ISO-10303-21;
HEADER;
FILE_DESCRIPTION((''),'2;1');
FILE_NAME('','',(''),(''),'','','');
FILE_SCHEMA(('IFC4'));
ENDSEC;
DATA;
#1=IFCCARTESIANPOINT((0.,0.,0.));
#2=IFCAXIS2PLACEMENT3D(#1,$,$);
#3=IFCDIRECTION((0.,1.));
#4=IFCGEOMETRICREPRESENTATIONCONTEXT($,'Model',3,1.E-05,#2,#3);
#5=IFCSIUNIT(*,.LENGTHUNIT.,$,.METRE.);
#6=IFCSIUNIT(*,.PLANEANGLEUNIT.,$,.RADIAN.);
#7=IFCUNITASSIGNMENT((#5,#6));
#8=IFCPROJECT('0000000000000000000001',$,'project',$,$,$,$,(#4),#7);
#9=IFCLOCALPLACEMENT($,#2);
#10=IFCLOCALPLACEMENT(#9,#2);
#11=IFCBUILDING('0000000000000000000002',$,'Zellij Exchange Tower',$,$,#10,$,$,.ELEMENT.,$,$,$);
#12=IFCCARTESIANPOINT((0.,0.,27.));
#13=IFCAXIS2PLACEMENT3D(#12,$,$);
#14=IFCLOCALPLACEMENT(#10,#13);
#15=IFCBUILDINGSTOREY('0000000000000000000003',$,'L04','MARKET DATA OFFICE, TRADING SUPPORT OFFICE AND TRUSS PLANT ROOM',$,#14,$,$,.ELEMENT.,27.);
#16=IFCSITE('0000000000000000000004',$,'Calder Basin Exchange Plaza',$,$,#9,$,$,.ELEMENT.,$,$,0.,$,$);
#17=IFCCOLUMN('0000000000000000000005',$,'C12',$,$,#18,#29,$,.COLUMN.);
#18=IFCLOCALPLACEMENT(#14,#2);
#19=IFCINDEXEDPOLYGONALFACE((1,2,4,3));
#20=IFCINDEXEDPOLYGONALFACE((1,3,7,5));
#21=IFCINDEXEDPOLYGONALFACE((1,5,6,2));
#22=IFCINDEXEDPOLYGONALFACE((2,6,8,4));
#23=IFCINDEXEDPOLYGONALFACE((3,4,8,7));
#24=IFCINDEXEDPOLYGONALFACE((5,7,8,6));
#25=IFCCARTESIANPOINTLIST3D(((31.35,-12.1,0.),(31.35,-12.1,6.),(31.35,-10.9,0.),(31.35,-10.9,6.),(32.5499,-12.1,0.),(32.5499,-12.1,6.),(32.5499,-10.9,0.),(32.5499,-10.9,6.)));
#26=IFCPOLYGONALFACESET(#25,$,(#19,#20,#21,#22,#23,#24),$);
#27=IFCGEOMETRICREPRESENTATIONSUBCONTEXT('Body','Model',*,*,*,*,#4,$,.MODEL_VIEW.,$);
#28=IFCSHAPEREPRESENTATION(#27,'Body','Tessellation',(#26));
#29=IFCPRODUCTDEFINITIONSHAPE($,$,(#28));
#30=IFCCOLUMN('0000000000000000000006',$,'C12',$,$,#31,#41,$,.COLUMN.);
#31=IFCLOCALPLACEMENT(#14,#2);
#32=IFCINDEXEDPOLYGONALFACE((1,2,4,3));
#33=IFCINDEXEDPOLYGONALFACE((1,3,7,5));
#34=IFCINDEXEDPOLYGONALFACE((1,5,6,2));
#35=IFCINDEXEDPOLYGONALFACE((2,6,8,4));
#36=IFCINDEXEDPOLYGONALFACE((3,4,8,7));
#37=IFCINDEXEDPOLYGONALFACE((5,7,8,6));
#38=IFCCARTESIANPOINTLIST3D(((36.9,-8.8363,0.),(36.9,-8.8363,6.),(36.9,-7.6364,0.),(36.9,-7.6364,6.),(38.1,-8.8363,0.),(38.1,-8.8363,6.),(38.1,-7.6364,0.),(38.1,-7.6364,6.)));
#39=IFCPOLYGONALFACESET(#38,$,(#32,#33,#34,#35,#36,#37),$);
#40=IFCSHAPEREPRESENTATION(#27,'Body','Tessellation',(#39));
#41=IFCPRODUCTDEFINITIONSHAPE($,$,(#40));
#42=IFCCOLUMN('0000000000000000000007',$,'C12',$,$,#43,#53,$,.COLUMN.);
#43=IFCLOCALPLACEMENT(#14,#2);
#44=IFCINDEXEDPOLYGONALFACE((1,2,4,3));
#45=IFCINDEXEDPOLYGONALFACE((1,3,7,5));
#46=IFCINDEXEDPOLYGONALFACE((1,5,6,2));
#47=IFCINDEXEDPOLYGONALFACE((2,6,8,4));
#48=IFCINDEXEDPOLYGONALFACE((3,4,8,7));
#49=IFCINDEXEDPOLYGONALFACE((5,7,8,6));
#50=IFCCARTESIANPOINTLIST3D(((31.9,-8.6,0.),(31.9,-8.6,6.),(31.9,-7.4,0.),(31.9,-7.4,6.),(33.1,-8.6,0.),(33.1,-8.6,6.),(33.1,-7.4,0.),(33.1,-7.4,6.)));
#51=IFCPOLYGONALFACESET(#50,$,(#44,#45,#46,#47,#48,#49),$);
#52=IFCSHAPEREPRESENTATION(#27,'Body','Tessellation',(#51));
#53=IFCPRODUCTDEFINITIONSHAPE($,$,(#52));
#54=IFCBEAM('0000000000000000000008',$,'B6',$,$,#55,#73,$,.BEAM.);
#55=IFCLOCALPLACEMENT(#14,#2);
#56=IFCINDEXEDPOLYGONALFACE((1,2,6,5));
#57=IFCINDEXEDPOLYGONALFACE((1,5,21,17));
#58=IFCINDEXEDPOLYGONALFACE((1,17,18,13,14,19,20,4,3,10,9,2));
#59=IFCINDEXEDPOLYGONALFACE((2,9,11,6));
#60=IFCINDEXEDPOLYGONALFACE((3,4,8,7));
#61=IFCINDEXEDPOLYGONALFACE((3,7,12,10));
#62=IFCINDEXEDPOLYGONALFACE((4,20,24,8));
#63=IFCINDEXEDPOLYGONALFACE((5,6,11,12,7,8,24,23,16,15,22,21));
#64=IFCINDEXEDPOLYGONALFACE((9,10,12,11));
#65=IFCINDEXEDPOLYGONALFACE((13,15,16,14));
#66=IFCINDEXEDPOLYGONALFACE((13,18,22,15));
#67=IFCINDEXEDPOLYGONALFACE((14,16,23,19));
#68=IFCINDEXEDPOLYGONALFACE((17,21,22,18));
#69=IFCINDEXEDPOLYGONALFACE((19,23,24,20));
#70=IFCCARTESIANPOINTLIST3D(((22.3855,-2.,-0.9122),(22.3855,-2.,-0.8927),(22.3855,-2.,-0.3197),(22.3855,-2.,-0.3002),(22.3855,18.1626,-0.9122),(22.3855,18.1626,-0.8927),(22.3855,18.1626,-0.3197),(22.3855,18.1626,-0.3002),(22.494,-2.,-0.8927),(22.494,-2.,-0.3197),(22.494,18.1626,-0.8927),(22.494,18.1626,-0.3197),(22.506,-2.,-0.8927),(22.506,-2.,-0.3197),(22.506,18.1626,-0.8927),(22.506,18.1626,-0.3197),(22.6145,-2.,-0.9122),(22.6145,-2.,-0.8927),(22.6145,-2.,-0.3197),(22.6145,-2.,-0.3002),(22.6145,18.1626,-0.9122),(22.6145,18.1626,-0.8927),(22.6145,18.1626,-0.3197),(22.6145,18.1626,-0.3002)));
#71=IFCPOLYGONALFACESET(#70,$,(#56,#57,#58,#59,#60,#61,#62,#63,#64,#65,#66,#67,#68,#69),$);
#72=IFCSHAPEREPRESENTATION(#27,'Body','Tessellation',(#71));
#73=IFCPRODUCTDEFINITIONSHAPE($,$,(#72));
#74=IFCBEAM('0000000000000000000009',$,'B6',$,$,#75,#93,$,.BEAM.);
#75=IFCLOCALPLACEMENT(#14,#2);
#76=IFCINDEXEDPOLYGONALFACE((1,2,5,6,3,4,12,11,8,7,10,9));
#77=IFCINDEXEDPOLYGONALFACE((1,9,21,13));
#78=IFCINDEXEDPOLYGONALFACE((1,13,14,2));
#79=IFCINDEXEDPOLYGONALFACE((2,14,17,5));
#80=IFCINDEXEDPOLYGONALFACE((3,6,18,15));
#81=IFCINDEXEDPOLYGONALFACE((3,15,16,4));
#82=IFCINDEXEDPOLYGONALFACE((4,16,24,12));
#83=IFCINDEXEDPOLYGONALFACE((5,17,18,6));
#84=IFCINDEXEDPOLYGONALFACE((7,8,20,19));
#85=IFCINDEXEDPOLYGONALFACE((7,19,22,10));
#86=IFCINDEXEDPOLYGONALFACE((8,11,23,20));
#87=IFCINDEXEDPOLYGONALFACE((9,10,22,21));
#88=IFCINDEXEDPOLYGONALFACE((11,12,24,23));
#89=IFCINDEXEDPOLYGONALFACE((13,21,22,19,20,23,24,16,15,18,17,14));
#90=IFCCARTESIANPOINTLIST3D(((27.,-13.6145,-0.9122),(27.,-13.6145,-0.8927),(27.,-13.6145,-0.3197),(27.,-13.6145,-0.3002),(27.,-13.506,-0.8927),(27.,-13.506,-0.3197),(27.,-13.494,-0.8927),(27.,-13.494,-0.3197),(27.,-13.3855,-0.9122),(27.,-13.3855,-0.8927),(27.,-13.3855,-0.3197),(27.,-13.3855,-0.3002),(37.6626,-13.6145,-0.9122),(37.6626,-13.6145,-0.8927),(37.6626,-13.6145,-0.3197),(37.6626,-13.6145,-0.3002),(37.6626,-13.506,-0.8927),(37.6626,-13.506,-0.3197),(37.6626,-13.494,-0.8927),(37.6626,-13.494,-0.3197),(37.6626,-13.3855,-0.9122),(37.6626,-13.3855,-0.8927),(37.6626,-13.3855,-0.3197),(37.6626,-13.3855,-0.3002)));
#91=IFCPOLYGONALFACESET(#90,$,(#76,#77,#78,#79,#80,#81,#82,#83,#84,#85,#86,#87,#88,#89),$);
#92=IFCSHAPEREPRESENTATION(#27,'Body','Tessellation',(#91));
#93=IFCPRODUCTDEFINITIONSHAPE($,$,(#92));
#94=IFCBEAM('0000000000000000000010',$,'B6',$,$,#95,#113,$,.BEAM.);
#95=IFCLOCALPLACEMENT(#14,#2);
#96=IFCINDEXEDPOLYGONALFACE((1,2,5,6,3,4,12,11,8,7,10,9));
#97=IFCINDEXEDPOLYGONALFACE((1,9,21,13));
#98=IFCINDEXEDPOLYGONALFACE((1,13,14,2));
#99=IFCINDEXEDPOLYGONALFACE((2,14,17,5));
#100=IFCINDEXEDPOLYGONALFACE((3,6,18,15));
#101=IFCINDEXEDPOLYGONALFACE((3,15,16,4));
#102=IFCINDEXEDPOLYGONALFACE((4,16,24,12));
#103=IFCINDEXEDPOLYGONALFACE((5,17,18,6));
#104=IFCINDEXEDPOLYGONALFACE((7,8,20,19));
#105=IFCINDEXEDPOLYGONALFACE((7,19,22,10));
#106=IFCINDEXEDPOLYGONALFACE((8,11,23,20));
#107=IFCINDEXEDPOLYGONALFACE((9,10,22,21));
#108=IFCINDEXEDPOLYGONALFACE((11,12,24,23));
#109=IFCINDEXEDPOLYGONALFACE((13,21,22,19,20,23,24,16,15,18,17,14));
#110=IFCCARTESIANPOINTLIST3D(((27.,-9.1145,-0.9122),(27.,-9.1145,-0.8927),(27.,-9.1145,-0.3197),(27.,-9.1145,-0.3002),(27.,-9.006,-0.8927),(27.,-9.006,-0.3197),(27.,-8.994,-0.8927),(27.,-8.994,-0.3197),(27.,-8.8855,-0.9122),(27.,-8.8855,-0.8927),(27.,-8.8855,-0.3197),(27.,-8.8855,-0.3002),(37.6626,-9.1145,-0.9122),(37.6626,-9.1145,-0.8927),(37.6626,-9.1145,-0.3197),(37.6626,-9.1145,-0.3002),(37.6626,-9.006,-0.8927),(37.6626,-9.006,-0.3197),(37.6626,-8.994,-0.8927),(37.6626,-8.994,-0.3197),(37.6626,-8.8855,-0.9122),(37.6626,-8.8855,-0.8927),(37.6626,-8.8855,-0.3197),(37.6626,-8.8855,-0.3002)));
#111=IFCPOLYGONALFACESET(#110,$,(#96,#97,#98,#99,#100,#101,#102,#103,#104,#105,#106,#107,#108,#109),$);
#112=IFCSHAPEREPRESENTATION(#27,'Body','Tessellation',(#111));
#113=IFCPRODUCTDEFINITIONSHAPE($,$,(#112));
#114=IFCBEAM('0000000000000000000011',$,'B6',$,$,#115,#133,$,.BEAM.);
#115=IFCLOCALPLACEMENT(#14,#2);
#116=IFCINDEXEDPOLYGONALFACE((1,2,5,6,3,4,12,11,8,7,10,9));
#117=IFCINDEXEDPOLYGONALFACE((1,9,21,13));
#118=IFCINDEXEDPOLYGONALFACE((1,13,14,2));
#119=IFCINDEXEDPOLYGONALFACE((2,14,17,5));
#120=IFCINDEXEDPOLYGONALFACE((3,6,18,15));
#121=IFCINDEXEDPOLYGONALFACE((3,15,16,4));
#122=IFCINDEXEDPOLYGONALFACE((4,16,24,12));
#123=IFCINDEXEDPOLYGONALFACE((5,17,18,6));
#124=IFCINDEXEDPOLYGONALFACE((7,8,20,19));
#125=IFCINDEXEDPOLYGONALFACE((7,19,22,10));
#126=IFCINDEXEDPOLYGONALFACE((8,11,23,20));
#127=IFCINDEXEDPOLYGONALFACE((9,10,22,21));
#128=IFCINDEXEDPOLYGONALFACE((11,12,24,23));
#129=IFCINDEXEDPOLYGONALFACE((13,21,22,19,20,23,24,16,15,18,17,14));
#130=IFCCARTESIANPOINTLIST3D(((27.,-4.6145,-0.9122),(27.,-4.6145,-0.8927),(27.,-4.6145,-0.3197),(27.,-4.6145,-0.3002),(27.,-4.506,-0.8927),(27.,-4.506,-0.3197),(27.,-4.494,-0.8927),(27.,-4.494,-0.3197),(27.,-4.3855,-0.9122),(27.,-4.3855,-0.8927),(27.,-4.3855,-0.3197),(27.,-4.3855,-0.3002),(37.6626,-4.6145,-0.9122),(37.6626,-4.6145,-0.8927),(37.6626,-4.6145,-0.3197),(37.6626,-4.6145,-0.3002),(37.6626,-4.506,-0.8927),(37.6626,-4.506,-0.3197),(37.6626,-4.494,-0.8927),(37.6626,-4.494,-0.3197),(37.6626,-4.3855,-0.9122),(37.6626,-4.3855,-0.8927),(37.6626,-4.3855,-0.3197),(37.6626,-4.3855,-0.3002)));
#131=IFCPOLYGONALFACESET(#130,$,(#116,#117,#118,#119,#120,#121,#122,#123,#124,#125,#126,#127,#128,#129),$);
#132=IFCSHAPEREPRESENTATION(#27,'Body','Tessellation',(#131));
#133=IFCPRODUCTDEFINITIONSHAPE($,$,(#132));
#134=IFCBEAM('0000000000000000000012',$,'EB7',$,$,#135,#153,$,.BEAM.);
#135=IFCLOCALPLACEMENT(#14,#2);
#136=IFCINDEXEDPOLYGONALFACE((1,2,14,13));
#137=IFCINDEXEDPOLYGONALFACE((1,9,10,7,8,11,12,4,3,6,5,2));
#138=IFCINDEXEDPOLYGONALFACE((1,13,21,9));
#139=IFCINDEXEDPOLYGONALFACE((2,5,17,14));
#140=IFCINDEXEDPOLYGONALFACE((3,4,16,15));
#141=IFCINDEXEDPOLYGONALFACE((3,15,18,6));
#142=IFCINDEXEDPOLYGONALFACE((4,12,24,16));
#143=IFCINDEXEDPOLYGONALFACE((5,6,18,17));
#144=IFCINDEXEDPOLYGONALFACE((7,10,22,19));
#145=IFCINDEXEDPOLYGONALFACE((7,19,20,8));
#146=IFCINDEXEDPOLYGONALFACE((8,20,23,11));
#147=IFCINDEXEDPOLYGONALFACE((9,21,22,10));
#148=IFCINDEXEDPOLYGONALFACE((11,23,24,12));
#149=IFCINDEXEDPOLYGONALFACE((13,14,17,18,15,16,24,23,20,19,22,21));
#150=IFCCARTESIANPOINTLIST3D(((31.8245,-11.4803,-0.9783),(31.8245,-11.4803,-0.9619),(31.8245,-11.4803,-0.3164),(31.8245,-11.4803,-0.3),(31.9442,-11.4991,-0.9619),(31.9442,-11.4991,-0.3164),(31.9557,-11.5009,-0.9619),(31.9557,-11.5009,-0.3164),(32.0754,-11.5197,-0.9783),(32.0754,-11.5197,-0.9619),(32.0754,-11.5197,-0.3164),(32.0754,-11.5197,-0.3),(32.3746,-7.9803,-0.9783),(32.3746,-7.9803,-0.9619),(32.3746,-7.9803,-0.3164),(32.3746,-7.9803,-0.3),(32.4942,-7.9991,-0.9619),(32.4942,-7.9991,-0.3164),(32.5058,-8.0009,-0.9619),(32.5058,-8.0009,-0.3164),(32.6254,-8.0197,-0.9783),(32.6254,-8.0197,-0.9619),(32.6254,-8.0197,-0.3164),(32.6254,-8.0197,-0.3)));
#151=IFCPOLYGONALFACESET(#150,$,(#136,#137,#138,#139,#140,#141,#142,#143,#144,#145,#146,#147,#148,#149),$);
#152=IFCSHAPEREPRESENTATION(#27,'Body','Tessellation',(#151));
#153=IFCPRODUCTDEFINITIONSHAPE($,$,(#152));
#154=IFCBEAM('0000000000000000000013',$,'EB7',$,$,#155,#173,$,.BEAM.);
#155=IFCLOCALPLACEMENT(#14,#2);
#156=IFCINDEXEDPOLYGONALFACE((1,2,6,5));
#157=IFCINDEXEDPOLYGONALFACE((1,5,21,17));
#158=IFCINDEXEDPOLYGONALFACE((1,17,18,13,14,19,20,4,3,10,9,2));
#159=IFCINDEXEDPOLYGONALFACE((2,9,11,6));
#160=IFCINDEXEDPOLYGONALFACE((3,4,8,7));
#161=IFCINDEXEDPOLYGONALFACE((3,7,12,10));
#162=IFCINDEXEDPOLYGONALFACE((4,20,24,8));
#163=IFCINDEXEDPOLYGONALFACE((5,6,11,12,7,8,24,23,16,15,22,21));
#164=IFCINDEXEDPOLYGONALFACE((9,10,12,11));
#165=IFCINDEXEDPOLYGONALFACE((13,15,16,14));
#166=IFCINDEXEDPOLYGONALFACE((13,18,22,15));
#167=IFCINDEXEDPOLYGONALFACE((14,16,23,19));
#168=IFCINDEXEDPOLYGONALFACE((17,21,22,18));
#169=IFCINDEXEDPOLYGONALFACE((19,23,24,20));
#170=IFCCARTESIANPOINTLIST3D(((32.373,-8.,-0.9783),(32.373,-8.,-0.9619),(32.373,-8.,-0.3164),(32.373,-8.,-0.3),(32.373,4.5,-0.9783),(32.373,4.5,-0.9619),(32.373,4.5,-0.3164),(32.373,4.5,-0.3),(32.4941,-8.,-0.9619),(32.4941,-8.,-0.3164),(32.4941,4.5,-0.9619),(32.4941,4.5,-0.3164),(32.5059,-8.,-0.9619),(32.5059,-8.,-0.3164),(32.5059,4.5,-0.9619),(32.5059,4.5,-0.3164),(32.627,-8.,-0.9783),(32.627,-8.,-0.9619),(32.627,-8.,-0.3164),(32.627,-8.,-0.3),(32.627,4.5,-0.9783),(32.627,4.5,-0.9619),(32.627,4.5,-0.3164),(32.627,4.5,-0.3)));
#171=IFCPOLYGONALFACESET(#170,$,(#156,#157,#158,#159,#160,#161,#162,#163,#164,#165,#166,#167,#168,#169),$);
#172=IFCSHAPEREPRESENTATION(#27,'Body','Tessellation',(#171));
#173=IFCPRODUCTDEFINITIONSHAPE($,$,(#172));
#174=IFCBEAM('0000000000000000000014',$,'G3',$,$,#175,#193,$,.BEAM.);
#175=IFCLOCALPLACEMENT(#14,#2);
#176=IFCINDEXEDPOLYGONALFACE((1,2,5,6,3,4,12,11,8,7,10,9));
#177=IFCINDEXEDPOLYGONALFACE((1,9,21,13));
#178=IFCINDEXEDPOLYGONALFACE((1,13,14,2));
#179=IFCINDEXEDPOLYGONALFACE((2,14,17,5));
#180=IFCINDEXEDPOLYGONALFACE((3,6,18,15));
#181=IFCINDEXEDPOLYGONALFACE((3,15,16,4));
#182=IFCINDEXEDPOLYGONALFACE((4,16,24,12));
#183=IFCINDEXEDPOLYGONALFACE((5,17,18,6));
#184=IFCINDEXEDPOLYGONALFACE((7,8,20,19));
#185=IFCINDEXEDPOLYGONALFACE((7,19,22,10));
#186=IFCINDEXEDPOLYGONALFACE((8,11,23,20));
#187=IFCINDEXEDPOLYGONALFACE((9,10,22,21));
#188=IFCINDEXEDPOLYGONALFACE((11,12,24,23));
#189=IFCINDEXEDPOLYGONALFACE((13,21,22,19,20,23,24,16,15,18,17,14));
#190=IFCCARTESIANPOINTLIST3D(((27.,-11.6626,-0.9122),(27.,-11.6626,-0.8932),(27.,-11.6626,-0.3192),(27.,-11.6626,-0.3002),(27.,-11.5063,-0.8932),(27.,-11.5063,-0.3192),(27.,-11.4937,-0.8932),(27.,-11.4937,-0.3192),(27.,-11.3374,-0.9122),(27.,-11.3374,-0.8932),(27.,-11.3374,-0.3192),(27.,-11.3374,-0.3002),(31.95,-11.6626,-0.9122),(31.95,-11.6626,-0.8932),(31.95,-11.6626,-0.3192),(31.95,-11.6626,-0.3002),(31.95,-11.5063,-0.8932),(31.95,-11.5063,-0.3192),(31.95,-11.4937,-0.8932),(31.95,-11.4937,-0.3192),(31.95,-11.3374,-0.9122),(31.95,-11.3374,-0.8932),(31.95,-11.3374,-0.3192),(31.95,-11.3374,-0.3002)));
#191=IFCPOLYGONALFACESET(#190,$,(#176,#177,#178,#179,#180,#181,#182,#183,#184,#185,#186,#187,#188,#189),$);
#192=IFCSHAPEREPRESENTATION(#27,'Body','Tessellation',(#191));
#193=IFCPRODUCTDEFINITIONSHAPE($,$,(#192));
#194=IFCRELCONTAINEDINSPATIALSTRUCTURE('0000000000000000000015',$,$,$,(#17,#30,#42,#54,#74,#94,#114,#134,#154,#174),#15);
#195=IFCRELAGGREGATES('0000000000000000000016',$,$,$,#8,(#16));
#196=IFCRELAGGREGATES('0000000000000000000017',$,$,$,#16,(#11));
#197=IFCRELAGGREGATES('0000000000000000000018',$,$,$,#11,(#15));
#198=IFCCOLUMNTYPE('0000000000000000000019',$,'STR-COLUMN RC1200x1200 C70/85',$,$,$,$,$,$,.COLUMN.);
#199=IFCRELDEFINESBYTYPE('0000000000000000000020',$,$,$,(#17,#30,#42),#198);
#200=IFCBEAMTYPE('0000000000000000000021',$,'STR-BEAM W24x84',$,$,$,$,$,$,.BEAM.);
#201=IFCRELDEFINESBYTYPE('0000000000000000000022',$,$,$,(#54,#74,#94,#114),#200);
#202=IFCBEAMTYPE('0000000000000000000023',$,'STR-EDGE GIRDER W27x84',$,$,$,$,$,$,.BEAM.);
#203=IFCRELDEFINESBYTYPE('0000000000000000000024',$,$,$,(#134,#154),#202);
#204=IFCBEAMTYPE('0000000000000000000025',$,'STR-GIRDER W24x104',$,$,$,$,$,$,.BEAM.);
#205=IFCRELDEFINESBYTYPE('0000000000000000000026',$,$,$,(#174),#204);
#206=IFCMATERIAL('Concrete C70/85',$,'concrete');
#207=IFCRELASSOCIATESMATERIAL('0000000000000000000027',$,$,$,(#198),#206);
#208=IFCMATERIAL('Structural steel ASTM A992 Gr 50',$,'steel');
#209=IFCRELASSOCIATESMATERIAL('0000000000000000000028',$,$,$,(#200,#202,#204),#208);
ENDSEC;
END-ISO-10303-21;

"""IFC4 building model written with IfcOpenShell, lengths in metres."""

from ifc_helpers import new_model, si_unit, direction, frame, origin, origin_2d, place, context, subcontext, project, spatial, rectangle, i_section, extrude, material, material_profile, profile_set, type_object, element, save


model = new_model("IFC4")

# Units and contexts
model_context = context("Model", 3, precision=1e-05, world=origin(), true_north=direction((0.0, 1.0)))
body_context = subcontext(model_context, "Body", "Model", "MODEL_VIEW")
ifc_project = project(units=[si_unit("LENGTHUNIT", "METRE"), si_unit("PLANEANGLEUNIT", "RADIAN")], contexts=[model_context])

# Site, building, storey
site_placement = place(None, origin())
site = spatial("IfcSite", under=ifc_project, at=site_placement, Name="Calder Basin Exchange Plaza", CompositionType="ELEMENT", RefElevation=0.0)
building_placement = place(site_placement, origin())
building = spatial("IfcBuilding", under=site, at=building_placement, Name="Zellij Exchange Tower", CompositionType="ELEMENT")
storey_placement = place(building_placement, frame((0.0, 0.0, 27.0)))
storey = spatial("IfcBuildingStorey", under=building, at=storey_placement, Name="L04", Description="MARKET DATA OFFICE, TRADING SUPPORT OFFICE AND TRUSS PLANT ROOM", CompositionType="ELEMENT", Elevation=27.0)

# Columns
ifc_material_1 = material(Name="Concrete C70/85", Category="concrete")
ifc_material_profile_1 = material_profile(ifc_material_1, rectangle(XDim=1.2, YDim=1.2, at=origin_2d()), Name="STR-COLUMN RC1200x1200 C70/85")
ifc_profile_set_1 = profile_set([ifc_material_profile_1], Name="Concrete C70/85")
column_type = type_object("IfcColumnType", Name="STR-COLUMN RC1200x1200 C70/85", PredefinedType="COLUMN", material=ifc_profile_set_1)
for number, where, z_axis, x_axis, name in (
    (1, (31.95, -11.5, 0.0), (0.0, 0.0, 1.0), (1.0, 0.0, 0.0), "C12"),
    (2, (37.5, -8.2363, 0.0), (0.0, 0.0, 1.0), (1.0, 0.0, 0.0), "C12"),
    (3, (32.5, -8.0, 0.0), (0.0, 0.0, 1.0), (1.0, 0.0, 0.0), "C12"),
):
    element("IfcColumn", number, at=place(storey_placement, frame(where, z_axis=z_axis, x_axis=x_axis)), inside=storey, type_object=column_type, Name=name, PredefinedType="COLUMN", context=body_context, shape_type="SweptSolid", body=[
        extrude(rectangle(XDim=1.2, YDim=1.2, at=origin_2d()), origin(), (0.0, 0.0, 1.0), 6.0),
    ])

# Beams
ifc_material_2 = material(Name="Structural steel ASTM A992 Gr 50", Category="steel")
ifc_material_profile_2 = material_profile(ifc_material_2, i_section(OverallWidth=0.229, OverallDepth=0.6121, WebThickness=0.012, FlangeThickness=0.0195, at=origin_2d()), Name="W24x84")
ifc_profile_set_2 = profile_set([ifc_material_profile_2], Name="Structural steel ASTM A992 Gr 50")
beam_type_1 = type_object("IfcBeamType", Name="STR-BEAM W24x84", PredefinedType="BEAM", material=ifc_profile_set_2)
beam_1_placement = place(storey_placement, frame((22.5, -2.0, -0.6062), z_axis=(0.0, 1.0, 0.0), x_axis=(-1.0, 0.0, 0.0)))
element("IfcBeam", 4, at=beam_1_placement, inside=storey, type_object=beam_type_1, Name="B6", PredefinedType="BEAM", context=body_context, shape_type="SweptSolid", body=[
    extrude(i_section(OverallWidth=0.229, OverallDepth=0.6121, WebThickness=0.012, FlangeThickness=0.0195, at=origin_2d()), origin(), (0.0, 0.0, 1.0), 20.1626),
])
for number, where, z_axis, x_axis, name in (
    (5, (27.0, -13.5, -0.6062), (1.0, 0.0, 0.0), (0.0, 1.0, 0.0), "B6"),
    (6, (27.0, -9.0, -0.6062), (1.0, 0.0, 0.0), (0.0, 1.0, 0.0), "B6"),
    (7, (27.0, -4.5, -0.6062), (1.0, 0.0, 0.0), (0.0, 1.0, 0.0), "B6"),
):
    element("IfcBeam", number, at=place(storey_placement, frame(where, z_axis=z_axis, x_axis=x_axis)), inside=storey, type_object=beam_type_1, Name=name, PredefinedType="BEAM", context=body_context, shape_type="SweptSolid", body=[
        extrude(i_section(OverallWidth=0.229, OverallDepth=0.6121, WebThickness=0.012, FlangeThickness=0.0195, at=origin_2d()), origin(), (0.0, 0.0, 1.0), 10.6626),
    ])
ifc_material_profile_3 = material_profile(ifc_material_2, i_section(OverallWidth=0.2539, OverallDepth=0.6782, WebThickness=0.0117, FlangeThickness=0.0164, at=origin_2d()), Name="W27x84")
ifc_profile_set_3 = profile_set([ifc_material_profile_3], Name="Structural steel ASTM A992 Gr 50")
beam_type_2 = type_object("IfcBeamType", Name="STR-EDGE GIRDER W27x84", PredefinedType="BEAM", material=ifc_profile_set_3)
beam_2_placement = place(storey_placement, frame((31.95, -11.5, -0.6392), z_axis=(0.155251, 0.987875, 0.0), x_axis=(-0.987875, 0.155251, 0.0)))
element("IfcBeam", 8, at=beam_2_placement, inside=storey, type_object=beam_type_2, Name="EB7", PredefinedType="BEAM", context=body_context, shape_type="SweptSolid", body=[
    extrude(i_section(OverallWidth=0.2539, OverallDepth=0.6782, WebThickness=0.0117, FlangeThickness=0.0164, at=origin_2d()), origin(), (0.0, 0.0, 1.0), 3.543),
])
beam_3_placement = place(storey_placement, frame((32.5, -8.0, -0.6392), z_axis=(0.0, 1.0, 0.0), x_axis=(-1.0, 0.0, 0.0)))
element("IfcBeam", 9, at=beam_3_placement, inside=storey, type_object=beam_type_2, Name="EB7", PredefinedType="BEAM", context=body_context, shape_type="SweptSolid", body=[
    extrude(i_section(OverallWidth=0.2539, OverallDepth=0.6782, WebThickness=0.0117, FlangeThickness=0.0164, at=origin_2d()), origin(), (0.0, 0.0, 1.0), 12.5),
])
ifc_material_profile_4 = material_profile(ifc_material_2, i_section(OverallWidth=0.3252, OverallDepth=0.6121, WebThickness=0.0127, FlangeThickness=0.019, at=origin_2d()), Name="W24x104")
ifc_profile_set_4 = profile_set([ifc_material_profile_4], Name="Structural steel ASTM A992 Gr 50")
beam_type_3 = type_object("IfcBeamType", Name="STR-GIRDER W24x104", PredefinedType="BEAM", material=ifc_profile_set_4)
beam_4_placement = place(storey_placement, frame((27.0, -11.5, -0.6062), z_axis=(1.0, 0.0, 0.0), x_axis=(0.0, 1.0, 0.0)))
element("IfcBeam", 10, at=beam_4_placement, inside=storey, type_object=beam_type_3, Name="G3", PredefinedType="BEAM", context=body_context, shape_type="SweptSolid", body=[
    extrude(i_section(OverallWidth=0.3252, OverallDepth=0.6121, WebThickness=0.0127, FlangeThickness=0.019, at=origin_2d()), origin(), (0.0, 0.0, 1.0), 4.95),
])

save(model, "model.ifc")
